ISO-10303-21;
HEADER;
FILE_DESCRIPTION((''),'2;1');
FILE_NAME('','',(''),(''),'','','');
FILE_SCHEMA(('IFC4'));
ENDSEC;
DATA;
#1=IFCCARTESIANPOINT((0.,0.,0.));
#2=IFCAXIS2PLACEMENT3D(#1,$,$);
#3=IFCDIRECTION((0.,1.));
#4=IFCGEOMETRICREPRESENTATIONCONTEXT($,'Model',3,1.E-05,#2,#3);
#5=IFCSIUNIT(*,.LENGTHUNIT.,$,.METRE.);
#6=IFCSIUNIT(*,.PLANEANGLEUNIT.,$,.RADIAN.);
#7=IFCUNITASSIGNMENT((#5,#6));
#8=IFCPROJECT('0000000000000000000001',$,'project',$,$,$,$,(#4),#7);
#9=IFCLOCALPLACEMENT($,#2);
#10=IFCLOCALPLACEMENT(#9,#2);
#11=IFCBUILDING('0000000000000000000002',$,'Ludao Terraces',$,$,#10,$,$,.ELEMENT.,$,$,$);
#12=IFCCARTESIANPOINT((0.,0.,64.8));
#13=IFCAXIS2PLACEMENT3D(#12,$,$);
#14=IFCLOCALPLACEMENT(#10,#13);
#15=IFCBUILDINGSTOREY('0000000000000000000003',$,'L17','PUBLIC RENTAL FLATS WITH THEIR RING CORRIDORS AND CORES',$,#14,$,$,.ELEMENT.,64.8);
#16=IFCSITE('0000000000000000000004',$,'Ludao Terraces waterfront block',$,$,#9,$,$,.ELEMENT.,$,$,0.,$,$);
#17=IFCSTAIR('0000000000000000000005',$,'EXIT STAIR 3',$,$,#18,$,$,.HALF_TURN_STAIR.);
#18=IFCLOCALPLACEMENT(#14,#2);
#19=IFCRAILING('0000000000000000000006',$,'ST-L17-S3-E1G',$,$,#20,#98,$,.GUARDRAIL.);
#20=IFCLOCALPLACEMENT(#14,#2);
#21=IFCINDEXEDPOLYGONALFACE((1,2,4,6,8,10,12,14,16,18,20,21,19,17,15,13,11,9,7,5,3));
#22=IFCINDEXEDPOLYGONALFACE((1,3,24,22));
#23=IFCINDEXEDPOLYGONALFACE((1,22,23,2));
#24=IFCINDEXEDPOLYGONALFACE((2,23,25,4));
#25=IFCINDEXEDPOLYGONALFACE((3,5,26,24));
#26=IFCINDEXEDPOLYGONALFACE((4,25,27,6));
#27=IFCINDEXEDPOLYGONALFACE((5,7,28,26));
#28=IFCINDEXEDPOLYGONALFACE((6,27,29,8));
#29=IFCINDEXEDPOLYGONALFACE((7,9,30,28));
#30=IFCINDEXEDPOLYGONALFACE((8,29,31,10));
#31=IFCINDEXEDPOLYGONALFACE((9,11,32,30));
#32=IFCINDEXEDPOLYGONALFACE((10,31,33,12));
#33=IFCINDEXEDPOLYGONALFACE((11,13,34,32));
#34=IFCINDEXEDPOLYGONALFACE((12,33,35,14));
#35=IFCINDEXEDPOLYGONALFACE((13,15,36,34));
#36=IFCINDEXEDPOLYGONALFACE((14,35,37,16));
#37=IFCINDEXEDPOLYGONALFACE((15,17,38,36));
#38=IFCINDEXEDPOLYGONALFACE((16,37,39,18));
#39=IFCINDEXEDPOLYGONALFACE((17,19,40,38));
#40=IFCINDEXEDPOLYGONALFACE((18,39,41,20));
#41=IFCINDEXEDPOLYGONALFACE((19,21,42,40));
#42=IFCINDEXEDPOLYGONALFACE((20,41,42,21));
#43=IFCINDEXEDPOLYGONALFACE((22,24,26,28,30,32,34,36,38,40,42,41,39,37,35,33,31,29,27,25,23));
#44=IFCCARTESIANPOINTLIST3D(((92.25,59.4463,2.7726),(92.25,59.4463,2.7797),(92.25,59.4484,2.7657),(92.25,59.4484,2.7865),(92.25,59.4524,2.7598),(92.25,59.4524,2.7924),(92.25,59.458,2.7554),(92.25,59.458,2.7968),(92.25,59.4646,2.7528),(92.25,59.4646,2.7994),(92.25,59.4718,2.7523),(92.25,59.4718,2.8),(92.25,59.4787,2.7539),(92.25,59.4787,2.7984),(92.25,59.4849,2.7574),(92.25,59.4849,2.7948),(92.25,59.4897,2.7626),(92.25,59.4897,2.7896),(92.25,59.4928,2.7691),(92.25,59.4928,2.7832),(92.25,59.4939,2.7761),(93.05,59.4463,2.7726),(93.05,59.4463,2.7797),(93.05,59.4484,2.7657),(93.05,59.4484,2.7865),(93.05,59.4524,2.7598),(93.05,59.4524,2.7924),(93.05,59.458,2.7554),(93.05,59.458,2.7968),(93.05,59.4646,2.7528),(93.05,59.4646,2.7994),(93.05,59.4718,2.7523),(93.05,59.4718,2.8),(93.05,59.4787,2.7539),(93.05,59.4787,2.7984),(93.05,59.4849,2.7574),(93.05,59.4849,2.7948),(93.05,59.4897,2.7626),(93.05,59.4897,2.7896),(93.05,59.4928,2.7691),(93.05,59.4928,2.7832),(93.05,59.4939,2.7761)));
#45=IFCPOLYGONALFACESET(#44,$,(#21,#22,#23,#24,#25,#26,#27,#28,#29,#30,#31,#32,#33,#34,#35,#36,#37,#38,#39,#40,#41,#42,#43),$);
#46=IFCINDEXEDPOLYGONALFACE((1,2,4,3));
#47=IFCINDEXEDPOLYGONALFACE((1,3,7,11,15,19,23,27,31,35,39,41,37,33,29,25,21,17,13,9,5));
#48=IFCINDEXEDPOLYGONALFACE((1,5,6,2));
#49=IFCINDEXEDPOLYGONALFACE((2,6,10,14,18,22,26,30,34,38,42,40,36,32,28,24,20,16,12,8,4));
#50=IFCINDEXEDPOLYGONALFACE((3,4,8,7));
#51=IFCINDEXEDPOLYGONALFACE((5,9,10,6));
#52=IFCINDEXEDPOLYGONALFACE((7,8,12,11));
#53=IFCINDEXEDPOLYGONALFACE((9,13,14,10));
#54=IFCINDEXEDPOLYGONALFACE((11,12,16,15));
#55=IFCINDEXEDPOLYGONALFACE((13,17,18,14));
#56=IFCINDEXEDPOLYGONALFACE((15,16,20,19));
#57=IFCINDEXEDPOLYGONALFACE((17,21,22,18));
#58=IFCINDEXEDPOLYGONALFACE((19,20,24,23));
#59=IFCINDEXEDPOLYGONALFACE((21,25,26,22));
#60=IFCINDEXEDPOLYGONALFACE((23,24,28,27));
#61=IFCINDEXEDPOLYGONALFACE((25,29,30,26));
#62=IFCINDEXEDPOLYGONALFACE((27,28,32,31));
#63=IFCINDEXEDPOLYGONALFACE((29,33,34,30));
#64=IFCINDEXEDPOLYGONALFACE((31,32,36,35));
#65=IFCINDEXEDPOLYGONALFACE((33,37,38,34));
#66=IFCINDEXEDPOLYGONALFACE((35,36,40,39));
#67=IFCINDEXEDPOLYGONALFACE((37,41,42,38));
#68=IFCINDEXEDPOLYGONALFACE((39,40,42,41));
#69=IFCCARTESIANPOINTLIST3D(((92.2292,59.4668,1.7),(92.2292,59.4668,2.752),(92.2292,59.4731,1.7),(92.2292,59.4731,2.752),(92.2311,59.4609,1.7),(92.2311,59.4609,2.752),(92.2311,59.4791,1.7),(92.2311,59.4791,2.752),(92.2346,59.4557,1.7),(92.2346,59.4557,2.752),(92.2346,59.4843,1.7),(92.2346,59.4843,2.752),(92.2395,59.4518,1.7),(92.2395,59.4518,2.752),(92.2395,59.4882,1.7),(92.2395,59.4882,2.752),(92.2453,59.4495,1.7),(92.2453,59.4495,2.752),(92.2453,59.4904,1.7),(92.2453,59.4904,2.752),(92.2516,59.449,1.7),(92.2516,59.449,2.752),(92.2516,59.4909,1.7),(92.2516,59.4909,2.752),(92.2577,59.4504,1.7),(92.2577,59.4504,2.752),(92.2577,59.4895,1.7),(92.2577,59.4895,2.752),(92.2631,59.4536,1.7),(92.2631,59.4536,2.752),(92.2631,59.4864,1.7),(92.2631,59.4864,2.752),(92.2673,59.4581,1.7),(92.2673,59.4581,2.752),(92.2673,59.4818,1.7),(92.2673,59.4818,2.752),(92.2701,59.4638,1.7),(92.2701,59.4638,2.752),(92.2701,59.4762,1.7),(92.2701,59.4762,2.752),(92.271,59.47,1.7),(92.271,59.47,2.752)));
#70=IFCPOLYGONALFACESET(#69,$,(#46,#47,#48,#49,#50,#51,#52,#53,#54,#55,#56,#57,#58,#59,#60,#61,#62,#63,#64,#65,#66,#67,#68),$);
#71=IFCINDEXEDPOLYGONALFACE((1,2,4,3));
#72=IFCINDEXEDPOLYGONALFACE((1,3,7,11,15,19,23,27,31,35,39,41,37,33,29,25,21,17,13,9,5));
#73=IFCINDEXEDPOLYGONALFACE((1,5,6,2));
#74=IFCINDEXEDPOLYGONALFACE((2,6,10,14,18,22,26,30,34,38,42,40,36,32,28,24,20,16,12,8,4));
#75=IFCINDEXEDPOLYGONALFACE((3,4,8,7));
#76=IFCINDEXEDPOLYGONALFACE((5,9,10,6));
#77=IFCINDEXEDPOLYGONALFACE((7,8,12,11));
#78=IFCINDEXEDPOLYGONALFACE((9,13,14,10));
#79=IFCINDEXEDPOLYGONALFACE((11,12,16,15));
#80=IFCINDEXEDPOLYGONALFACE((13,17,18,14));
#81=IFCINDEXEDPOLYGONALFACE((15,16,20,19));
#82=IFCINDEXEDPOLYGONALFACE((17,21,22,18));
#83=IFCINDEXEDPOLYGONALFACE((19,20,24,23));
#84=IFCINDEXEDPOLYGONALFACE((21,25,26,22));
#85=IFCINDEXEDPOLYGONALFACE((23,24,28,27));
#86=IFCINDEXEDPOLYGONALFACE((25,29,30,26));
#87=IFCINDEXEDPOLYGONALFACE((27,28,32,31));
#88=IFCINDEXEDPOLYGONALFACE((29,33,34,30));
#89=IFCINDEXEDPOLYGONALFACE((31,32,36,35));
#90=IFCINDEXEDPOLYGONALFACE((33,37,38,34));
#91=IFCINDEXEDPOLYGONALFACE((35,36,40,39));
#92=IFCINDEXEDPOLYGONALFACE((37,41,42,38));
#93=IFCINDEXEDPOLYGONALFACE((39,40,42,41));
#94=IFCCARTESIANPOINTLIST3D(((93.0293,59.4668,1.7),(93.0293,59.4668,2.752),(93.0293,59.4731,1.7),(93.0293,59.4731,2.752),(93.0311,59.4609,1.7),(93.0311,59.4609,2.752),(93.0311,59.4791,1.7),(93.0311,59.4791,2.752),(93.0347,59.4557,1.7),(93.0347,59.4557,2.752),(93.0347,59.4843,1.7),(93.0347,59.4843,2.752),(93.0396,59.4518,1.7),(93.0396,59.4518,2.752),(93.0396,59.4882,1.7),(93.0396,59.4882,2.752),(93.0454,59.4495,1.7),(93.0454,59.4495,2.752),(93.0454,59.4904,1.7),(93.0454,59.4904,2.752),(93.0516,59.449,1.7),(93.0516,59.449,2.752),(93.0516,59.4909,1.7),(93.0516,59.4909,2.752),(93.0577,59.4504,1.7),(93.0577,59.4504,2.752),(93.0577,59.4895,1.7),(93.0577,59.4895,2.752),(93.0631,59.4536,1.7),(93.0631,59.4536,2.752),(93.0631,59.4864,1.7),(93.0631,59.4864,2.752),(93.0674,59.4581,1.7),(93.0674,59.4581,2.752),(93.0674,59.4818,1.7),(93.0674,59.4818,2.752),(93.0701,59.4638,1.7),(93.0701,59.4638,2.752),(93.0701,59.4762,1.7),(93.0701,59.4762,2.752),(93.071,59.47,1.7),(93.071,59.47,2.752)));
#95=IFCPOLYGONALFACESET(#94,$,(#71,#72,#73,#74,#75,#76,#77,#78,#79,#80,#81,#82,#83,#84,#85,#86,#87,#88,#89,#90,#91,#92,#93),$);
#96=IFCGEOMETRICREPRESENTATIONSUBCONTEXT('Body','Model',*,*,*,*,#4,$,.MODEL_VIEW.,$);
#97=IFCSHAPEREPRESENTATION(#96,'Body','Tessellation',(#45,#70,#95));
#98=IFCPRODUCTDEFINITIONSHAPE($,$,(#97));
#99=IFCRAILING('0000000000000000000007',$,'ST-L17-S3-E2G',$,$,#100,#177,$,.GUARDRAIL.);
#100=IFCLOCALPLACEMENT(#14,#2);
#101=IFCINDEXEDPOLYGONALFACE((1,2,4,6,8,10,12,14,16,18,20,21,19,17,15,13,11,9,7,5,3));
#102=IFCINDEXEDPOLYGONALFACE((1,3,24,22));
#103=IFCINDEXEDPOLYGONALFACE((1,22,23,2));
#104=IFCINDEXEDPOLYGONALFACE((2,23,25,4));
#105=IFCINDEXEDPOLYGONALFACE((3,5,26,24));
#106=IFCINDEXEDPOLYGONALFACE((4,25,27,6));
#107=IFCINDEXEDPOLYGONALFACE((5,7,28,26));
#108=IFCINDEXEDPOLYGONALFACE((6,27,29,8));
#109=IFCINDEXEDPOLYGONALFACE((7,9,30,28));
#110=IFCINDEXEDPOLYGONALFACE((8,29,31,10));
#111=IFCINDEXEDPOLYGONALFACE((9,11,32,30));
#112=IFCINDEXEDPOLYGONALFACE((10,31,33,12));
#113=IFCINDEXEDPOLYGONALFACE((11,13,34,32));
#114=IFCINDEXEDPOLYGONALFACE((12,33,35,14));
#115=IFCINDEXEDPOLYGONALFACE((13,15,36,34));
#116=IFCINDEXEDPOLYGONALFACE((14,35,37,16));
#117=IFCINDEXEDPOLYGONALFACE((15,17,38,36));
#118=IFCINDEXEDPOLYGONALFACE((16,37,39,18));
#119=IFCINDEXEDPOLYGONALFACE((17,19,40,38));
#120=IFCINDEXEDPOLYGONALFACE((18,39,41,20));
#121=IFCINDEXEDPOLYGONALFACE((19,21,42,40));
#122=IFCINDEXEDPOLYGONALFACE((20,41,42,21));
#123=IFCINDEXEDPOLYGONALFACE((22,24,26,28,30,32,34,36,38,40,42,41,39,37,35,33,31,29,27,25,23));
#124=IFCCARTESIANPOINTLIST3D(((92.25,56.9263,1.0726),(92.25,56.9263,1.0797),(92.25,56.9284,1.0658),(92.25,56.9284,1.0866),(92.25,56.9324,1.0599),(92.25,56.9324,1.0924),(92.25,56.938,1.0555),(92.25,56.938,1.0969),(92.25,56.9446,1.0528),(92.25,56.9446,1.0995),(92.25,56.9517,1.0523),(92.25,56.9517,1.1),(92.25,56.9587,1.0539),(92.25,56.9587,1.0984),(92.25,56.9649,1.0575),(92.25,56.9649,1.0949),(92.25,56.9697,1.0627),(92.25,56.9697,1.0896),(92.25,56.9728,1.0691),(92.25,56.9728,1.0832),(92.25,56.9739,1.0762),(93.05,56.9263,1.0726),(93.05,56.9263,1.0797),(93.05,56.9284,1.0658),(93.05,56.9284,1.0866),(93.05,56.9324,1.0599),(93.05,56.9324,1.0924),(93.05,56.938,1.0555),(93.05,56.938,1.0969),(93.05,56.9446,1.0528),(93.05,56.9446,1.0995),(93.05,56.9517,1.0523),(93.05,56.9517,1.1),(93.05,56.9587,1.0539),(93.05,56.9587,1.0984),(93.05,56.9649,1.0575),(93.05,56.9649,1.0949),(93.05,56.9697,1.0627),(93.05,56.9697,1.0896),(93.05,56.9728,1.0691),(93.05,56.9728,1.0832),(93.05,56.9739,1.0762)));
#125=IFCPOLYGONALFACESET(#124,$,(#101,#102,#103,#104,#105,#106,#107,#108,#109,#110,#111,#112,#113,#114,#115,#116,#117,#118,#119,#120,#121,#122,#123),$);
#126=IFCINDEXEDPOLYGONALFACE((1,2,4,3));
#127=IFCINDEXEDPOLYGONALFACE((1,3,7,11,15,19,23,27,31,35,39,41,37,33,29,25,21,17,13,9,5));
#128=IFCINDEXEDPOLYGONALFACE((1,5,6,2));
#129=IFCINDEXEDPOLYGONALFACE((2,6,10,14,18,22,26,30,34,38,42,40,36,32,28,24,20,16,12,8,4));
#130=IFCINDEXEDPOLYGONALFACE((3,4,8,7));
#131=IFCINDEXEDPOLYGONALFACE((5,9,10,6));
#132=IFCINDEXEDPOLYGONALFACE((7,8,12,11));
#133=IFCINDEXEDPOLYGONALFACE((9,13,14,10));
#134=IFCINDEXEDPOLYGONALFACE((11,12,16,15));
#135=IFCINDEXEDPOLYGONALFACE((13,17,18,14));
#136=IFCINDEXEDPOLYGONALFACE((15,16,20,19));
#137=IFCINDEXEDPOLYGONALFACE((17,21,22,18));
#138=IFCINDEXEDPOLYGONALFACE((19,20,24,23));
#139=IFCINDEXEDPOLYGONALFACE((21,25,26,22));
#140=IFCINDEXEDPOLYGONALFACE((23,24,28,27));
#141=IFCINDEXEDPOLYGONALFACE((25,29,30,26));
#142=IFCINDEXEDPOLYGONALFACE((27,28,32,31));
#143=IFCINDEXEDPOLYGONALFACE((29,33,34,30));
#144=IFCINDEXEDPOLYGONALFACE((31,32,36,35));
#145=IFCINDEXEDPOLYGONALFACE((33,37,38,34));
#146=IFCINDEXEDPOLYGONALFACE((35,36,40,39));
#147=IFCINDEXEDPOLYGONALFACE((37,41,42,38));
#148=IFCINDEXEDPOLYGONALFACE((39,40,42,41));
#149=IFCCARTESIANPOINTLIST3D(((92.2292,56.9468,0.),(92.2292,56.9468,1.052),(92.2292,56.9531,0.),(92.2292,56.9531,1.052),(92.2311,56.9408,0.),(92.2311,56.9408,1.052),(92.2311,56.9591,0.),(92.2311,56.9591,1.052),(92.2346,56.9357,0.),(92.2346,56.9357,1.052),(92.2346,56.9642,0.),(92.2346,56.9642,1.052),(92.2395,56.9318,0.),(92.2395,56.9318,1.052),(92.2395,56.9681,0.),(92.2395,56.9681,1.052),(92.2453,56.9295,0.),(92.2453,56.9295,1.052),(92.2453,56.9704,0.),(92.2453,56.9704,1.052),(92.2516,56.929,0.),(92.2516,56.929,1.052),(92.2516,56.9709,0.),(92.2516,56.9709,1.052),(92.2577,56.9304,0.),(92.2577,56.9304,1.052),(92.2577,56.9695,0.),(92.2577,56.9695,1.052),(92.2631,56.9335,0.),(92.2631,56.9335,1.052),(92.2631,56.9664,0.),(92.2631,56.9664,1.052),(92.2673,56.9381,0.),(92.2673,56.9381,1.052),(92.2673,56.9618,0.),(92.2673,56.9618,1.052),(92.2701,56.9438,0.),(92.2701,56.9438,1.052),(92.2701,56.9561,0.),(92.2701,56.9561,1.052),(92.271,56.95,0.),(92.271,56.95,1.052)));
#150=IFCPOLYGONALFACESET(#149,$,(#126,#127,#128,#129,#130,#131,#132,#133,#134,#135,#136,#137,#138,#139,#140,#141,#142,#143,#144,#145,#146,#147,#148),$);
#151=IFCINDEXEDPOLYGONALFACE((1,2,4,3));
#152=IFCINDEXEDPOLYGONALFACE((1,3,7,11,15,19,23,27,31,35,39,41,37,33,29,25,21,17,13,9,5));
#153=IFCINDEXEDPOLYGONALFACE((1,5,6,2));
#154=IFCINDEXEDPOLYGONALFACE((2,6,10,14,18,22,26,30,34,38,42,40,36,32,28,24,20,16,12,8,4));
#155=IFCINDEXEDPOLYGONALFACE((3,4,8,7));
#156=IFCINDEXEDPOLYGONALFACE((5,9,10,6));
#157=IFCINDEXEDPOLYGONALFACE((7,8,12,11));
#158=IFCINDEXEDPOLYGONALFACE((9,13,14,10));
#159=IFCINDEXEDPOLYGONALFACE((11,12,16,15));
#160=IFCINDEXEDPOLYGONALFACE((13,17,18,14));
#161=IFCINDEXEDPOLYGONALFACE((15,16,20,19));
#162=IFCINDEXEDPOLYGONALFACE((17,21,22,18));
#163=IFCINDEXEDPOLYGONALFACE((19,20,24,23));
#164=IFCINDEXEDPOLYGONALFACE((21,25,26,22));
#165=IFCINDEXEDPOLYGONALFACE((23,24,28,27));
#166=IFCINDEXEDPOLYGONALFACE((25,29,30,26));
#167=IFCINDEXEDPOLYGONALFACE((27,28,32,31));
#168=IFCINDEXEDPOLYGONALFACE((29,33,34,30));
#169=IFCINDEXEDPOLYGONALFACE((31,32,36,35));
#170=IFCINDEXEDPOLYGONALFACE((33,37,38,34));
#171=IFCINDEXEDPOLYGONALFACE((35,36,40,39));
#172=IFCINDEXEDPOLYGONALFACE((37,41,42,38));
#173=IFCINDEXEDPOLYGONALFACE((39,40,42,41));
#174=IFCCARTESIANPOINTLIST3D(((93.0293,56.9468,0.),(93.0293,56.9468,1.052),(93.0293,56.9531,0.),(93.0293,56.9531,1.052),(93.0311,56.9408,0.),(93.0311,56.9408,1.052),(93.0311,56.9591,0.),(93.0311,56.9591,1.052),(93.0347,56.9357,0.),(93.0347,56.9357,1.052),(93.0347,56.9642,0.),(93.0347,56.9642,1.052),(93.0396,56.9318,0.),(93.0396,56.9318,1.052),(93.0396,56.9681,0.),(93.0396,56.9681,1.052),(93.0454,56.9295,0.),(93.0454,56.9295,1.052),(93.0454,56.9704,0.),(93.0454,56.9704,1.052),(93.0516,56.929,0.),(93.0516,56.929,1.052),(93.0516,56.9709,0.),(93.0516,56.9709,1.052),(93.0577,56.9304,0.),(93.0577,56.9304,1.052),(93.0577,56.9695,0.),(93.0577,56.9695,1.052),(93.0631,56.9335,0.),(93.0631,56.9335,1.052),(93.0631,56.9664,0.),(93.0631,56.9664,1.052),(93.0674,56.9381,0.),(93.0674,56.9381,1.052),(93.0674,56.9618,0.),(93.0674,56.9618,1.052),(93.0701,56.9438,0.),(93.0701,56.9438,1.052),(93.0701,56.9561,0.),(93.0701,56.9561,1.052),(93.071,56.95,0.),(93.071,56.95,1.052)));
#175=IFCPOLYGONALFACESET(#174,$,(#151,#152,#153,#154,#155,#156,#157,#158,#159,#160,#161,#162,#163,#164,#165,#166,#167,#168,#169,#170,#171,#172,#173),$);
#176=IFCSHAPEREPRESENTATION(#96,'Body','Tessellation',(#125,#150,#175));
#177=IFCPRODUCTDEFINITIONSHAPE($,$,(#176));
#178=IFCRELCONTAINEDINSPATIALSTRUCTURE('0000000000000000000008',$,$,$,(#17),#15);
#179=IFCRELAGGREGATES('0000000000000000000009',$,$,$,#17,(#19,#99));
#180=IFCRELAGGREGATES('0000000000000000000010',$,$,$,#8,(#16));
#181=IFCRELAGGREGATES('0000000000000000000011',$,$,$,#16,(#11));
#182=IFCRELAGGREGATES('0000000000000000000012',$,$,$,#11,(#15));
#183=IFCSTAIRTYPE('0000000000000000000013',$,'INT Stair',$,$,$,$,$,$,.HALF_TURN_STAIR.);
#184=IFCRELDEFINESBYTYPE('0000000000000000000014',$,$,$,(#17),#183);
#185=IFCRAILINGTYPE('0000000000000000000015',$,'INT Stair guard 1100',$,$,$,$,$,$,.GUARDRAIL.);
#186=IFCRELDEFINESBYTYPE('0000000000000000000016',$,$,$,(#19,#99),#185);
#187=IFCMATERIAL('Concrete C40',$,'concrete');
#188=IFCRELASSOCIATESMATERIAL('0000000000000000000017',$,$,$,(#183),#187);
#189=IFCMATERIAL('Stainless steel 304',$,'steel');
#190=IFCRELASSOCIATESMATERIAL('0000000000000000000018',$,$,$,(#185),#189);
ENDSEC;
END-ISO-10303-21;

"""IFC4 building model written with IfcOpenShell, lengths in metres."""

from ifc_helpers import new_model, si_unit, direction, frame, origin, origin_2d, place, context, subcontext, project, spatial, circle, extrude, material, type_object, element, aggregate, save


model = new_model("IFC4")

# Units and contexts
model_context = context("Model", 3, precision=1e-05, world=origin(), true_north=direction((0.0, 1.0)))
body_context = subcontext(model_context, "Body", "Model", "MODEL_VIEW")
ifc_project = project(units=[si_unit("LENGTHUNIT", "METRE"), si_unit("PLANEANGLEUNIT", "RADIAN")], contexts=[model_context])

# Site, building, storey
site_placement = place(None, origin())
site = spatial("IfcSite", under=ifc_project, at=site_placement, Name="Ludao Terraces waterfront block", CompositionType="ELEMENT", RefElevation=0.0)
building_placement = place(site_placement, origin())
building = spatial("IfcBuilding", under=site, at=building_placement, Name="Ludao Terraces", CompositionType="ELEMENT")
storey_placement = place(building_placement, frame((0.0, 0.0, 64.8)))
storey = spatial("IfcBuildingStorey", under=building, at=storey_placement, Name="L17", Description="PUBLIC RENTAL FLATS WITH THEIR RING CORRIDORS AND CORES", CompositionType="ELEMENT", Elevation=64.8)

# Stair, railings
ifc_material_1 = material(Name="Concrete C40", Category="concrete")
stair_type = type_object("IfcStairType", Name="INT Stair", PredefinedType="HALF_TURN_STAIR", material=ifc_material_1)
stair_placement = place(storey_placement, origin())
stair = element("IfcStair", 1, at=stair_placement, inside=storey, type_object=stair_type, Name="EXIT STAIR 3", PredefinedType="HALF_TURN_STAIR")
ifc_material_2 = material(Name="Stainless steel 304", Category="steel")
railing_type_1 = type_object("IfcRailingType", Name="INT Stair guard 1100", PredefinedType="GUARDRAIL", material=ifc_material_2)
railing_1_placement = place(storey_placement, frame((92.25, 59.47, 1.7)))
railing_1 = element("IfcRailing", 2, at=railing_1_placement, type_object=railing_type_1, Name="ST-L17-S3-E1G", PredefinedType="GUARDRAIL", context=body_context, shape_type="SweptSolid", body=[
    extrude(circle(Radius=0.0239, at=origin_2d()), frame((0.0, 0.0, 1.0762), z_axis=(1.0, 0.0, 0.0), x_axis=(0.0, 1.0, 0.0)), (0.0, 0.0, 1.0), 0.8),
    extrude(circle(Radius=0.021, at=origin_2d()), origin(), (0.0, 0.0, 1.0), 1.052),
    extrude(circle(Radius=0.021, at=origin_2d()), frame((0.8, 0.0, 0.0)), (0.0, 0.0, 1.0), 1.052),
])
railing_2_placement = place(storey_placement, frame((92.25, 56.95, 0.0)))
railing_2 = element("IfcRailing", 3, at=railing_2_placement, type_object=railing_type_1, Name="ST-L17-S3-E2G", PredefinedType="GUARDRAIL", context=body_context, shape_type="SweptSolid", body=[
    extrude(circle(Radius=0.0239, at=origin_2d()), frame((0.0, 0.0, 1.0762), z_axis=(1.0, 0.0, 0.0), x_axis=(0.0, 1.0, 0.0)), (0.0, 0.0, 1.0), 0.8),
    extrude(circle(Radius=0.021, at=origin_2d()), origin(), (0.0, 0.0, 1.0), 1.052),
    extrude(circle(Radius=0.021, at=origin_2d()), frame((0.8, 0.0, 0.0)), (0.0, 0.0, 1.0), 1.052),
])
aggregate(stair, [railing_1, railing_2])

save(model, "model.ifc")
